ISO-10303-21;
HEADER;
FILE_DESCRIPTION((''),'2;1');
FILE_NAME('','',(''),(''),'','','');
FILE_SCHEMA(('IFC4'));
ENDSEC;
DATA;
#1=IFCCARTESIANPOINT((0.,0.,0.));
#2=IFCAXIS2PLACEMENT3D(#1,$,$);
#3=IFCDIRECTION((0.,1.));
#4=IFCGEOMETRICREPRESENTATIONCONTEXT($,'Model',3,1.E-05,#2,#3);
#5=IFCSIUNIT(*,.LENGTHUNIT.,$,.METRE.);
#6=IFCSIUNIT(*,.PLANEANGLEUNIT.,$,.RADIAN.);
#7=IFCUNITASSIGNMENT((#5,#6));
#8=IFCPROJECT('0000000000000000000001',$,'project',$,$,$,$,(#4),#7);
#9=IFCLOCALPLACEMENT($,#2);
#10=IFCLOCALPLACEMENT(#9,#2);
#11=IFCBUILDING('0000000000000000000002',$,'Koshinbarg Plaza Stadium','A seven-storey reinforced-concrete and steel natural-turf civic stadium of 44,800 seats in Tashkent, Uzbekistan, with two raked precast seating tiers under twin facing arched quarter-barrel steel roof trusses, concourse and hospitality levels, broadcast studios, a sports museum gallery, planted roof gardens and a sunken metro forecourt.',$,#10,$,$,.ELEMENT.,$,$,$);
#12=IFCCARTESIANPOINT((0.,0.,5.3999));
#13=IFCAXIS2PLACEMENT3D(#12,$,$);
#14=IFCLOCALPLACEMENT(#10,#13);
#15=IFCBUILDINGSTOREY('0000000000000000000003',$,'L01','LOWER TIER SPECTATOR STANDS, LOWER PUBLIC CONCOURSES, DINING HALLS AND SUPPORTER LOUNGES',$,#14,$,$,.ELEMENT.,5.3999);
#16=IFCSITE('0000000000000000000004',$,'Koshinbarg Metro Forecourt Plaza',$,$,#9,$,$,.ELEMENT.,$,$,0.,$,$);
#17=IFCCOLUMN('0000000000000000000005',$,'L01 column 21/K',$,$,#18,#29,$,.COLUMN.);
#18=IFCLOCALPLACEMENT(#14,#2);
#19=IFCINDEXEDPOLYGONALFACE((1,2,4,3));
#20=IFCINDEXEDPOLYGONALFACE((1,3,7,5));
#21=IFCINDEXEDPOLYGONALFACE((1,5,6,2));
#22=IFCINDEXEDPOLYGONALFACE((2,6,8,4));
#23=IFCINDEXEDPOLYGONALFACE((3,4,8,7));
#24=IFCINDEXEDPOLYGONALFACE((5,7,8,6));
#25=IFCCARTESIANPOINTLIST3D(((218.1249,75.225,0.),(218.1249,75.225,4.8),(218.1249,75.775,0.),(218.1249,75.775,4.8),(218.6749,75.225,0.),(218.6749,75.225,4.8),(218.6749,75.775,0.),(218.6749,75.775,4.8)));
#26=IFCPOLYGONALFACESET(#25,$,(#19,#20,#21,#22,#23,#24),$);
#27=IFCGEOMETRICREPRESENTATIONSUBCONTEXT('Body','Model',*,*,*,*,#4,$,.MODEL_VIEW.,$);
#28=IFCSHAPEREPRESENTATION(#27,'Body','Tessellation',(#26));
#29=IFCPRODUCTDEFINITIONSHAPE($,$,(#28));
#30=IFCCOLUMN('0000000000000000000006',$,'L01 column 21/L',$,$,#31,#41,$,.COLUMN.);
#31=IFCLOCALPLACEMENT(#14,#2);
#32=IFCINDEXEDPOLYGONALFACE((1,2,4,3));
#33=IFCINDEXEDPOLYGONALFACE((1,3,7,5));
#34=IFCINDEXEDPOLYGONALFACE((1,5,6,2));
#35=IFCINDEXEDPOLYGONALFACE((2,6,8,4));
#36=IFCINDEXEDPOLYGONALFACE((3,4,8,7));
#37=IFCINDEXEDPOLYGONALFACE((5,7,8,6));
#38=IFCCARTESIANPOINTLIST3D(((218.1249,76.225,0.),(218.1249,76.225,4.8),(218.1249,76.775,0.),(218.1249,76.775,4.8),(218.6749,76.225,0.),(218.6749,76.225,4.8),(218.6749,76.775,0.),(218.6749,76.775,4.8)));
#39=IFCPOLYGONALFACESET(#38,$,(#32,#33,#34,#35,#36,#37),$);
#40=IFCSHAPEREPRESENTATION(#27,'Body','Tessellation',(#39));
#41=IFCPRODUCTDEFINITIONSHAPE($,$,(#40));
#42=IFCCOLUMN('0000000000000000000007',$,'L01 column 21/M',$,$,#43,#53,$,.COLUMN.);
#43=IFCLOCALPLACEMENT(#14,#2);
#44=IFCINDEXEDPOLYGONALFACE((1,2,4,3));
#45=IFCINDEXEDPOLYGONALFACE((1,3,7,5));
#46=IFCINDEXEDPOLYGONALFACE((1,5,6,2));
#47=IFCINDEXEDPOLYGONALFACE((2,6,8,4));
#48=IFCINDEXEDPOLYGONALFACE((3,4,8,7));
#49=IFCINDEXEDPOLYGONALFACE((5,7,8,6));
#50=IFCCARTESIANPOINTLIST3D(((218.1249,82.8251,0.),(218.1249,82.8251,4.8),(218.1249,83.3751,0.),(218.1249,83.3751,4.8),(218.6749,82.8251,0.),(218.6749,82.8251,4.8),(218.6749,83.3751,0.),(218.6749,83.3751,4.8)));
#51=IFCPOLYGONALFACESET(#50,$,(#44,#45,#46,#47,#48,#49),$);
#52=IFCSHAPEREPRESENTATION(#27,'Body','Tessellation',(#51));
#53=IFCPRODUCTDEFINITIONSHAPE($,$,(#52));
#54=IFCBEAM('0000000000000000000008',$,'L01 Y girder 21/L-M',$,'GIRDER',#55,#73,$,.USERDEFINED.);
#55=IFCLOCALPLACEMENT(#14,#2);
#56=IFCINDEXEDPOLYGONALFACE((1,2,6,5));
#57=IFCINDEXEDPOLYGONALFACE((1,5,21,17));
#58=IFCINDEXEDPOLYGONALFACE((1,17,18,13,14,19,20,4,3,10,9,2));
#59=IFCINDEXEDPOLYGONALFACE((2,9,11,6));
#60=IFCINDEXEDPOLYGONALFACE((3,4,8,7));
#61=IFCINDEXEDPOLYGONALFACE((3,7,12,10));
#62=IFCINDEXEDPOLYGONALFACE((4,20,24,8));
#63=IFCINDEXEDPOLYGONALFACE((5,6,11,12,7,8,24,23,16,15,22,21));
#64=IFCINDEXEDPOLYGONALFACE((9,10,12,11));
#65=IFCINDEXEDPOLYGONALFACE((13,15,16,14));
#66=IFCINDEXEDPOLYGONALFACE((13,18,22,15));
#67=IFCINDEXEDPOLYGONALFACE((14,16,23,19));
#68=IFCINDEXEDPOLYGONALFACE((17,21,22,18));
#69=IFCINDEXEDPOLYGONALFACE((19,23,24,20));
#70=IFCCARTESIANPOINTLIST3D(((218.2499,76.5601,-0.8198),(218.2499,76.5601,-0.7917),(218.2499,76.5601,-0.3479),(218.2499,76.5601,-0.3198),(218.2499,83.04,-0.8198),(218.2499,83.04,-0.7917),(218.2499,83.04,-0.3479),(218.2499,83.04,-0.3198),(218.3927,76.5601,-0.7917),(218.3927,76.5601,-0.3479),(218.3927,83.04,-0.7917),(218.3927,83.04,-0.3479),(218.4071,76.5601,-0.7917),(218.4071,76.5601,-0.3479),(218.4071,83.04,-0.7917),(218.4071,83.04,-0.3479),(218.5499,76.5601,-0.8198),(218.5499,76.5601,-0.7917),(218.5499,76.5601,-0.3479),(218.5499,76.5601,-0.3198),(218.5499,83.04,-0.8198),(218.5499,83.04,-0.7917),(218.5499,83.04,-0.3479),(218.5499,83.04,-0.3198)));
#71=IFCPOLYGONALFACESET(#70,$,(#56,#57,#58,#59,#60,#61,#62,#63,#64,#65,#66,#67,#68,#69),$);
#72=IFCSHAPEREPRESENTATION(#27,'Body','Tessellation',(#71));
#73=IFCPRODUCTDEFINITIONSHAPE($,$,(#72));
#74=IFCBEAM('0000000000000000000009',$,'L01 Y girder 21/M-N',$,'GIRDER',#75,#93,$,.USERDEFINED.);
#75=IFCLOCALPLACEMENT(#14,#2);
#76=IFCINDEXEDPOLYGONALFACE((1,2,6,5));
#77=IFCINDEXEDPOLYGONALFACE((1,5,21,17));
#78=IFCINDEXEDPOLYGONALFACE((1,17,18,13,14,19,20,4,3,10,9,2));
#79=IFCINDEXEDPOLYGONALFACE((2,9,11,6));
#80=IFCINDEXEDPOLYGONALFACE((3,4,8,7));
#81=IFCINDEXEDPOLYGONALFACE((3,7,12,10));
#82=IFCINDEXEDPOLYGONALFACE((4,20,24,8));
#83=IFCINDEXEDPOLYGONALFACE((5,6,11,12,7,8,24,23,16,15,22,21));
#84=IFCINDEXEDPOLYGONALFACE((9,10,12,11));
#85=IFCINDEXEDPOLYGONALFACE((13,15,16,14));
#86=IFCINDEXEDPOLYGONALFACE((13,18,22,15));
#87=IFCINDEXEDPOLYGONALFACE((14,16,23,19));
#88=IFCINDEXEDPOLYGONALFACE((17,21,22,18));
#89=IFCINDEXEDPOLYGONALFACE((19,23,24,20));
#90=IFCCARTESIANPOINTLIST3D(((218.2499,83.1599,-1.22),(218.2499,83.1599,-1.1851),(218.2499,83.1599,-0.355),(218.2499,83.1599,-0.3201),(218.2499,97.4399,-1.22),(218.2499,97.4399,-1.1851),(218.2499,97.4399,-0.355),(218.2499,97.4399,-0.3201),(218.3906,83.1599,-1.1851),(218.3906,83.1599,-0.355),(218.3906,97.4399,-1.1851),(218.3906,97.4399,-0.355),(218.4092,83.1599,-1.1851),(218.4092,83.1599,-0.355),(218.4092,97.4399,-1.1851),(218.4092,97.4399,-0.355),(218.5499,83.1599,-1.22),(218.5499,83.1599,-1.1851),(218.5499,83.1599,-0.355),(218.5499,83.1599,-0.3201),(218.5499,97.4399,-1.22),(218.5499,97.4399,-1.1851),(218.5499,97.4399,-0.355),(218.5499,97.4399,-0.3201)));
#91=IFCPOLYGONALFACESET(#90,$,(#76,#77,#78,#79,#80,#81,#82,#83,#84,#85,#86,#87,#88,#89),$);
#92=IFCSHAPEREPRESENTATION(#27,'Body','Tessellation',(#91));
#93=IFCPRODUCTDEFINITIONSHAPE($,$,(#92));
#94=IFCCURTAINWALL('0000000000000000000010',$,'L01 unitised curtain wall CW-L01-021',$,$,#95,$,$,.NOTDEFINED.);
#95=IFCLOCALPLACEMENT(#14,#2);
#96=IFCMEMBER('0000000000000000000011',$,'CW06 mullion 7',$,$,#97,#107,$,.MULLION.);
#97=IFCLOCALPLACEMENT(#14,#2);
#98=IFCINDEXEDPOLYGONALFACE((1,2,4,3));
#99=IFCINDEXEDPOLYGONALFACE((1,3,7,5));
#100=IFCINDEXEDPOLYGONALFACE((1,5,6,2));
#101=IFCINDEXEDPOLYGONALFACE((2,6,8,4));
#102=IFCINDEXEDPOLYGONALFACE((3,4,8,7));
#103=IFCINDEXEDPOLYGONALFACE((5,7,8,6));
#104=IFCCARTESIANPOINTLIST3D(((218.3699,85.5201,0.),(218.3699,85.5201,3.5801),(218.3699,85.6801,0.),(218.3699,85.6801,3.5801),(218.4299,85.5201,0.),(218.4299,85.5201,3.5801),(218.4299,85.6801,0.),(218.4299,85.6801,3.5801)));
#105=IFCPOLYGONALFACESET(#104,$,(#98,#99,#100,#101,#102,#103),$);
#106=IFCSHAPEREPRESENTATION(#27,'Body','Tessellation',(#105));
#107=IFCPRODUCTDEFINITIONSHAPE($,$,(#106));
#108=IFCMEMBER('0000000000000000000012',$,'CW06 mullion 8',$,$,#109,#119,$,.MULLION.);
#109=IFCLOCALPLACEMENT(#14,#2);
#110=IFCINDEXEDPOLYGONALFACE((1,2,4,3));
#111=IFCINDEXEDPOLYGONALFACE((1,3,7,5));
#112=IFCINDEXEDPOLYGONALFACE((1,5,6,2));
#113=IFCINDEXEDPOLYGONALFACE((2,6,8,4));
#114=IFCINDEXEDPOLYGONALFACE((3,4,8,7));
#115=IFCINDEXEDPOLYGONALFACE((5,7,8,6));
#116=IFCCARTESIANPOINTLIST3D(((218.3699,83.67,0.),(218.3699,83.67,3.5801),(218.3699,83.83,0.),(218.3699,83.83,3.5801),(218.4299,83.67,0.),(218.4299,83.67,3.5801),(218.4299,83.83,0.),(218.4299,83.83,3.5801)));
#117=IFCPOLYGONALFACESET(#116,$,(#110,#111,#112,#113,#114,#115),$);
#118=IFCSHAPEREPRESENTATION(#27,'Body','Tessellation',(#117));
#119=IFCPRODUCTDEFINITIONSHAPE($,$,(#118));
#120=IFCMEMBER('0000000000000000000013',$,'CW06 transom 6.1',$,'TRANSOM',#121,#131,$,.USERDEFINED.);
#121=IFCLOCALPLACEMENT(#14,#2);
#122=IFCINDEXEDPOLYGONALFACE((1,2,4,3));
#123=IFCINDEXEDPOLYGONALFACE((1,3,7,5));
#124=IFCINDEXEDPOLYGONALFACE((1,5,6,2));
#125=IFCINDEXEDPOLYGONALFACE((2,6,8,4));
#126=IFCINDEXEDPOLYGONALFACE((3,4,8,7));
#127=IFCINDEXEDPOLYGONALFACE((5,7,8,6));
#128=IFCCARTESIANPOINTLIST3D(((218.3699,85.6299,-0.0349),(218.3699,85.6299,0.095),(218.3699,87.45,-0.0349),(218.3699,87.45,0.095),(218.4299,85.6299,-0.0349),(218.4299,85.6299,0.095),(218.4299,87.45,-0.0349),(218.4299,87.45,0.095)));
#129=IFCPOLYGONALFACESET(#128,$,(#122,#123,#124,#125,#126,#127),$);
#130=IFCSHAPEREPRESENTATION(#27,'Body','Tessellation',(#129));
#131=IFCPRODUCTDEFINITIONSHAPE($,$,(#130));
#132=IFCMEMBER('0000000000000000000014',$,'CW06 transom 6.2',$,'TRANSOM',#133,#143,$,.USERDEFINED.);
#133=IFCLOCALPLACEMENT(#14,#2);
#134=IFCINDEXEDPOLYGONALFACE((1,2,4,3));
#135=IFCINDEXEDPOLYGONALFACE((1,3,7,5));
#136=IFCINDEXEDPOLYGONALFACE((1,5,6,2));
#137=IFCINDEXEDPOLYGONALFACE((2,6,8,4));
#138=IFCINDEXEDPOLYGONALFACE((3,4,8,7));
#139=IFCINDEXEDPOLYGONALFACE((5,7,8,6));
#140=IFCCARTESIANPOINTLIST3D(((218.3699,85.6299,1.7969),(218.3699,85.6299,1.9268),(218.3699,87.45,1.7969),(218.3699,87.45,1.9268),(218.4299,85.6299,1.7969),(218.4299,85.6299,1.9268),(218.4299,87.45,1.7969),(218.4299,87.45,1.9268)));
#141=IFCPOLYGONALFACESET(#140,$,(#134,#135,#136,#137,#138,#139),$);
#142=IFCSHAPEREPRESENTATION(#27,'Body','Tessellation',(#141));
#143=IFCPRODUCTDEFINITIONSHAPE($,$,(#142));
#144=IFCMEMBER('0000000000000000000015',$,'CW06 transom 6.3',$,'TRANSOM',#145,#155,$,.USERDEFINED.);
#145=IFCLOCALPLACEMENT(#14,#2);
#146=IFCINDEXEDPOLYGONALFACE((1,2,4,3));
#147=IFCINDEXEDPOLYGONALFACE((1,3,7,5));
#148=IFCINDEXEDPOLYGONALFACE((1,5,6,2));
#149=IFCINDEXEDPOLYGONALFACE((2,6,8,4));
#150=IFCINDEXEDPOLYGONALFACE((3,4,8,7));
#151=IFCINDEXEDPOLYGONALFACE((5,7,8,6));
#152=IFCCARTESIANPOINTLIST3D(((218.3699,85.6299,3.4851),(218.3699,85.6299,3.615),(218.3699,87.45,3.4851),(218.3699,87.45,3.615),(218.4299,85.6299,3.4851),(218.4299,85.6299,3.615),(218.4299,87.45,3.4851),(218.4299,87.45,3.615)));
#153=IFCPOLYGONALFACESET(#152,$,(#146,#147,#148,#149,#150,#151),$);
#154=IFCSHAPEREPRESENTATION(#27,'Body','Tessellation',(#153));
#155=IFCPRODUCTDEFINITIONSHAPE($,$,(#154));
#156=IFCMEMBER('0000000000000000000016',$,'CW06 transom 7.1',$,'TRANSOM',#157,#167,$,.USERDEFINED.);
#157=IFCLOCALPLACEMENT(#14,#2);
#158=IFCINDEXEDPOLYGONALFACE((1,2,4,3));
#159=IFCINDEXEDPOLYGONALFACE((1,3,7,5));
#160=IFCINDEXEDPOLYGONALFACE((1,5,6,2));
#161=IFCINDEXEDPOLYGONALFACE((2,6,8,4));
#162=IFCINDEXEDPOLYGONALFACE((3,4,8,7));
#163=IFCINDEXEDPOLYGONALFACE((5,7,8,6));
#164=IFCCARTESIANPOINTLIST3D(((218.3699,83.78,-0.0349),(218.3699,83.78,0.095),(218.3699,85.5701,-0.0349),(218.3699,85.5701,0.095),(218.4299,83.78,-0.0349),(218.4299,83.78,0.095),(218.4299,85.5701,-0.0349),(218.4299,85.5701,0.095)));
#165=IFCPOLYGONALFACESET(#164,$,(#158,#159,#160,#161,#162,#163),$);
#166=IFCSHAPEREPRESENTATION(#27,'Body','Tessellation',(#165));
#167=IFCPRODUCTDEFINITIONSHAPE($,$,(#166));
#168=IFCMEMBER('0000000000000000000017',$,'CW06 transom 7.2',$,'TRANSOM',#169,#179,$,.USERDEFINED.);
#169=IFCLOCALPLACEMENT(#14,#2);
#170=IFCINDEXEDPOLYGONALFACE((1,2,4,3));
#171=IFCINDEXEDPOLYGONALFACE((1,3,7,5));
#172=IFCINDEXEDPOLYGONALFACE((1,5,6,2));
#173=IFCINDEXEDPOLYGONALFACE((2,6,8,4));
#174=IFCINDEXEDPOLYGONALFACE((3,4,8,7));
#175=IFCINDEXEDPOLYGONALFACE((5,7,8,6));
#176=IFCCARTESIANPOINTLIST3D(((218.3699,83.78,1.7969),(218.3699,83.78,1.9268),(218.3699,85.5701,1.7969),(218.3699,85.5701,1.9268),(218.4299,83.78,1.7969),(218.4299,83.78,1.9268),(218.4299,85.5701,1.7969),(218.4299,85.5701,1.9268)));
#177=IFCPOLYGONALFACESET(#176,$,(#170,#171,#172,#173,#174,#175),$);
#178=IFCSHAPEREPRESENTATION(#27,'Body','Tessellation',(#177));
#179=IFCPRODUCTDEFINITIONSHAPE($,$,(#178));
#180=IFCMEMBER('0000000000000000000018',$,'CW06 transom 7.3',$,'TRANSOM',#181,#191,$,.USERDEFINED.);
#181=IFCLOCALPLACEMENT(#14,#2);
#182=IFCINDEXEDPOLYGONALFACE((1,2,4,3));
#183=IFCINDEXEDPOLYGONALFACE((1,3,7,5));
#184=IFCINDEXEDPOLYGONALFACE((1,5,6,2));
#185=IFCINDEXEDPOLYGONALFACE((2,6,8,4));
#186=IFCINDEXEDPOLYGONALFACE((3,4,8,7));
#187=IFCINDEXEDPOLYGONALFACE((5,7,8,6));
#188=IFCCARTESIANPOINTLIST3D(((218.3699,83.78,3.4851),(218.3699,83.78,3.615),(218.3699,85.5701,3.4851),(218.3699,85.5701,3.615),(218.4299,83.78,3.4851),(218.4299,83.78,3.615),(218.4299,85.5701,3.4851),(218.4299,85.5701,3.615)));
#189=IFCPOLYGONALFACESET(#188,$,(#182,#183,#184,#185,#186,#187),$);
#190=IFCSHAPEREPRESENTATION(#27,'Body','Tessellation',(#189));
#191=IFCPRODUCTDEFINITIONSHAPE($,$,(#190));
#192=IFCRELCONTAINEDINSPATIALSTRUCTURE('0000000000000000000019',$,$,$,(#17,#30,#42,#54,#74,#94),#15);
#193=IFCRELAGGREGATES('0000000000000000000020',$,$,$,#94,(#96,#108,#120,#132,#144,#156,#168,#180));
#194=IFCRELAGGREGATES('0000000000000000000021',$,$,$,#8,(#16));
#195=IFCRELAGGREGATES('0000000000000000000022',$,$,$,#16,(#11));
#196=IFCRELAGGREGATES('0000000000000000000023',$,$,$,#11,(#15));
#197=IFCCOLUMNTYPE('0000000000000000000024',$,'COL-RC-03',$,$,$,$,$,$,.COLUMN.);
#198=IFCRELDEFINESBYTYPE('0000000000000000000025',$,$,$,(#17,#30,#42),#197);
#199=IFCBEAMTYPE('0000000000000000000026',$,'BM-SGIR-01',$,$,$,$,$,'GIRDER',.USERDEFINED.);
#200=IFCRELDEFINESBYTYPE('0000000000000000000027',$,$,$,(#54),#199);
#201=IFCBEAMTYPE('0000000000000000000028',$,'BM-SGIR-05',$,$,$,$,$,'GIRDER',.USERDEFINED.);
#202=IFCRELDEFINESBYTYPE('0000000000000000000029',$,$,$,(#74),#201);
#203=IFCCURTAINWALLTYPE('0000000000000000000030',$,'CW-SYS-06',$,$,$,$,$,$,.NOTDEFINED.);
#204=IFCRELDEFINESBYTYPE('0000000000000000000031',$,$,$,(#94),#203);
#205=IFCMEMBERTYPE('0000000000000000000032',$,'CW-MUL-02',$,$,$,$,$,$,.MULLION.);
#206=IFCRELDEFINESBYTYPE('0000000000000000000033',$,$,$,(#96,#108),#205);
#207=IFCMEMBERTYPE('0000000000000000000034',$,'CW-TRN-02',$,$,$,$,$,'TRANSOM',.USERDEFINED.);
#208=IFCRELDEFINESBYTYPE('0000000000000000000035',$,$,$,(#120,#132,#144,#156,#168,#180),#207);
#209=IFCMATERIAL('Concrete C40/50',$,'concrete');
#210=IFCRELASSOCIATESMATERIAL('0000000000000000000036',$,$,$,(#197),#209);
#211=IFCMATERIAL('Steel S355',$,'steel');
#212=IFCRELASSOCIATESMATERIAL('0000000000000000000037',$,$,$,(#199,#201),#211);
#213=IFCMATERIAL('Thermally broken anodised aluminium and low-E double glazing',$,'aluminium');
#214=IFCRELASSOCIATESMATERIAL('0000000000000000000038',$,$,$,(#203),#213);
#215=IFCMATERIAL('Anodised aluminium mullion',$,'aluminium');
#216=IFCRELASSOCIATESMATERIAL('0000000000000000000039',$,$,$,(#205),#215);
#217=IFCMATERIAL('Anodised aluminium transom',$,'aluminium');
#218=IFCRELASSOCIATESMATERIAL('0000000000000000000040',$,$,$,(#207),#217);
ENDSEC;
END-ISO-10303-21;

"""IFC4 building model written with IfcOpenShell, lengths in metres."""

from ifc_helpers import new_model, si_unit, direction, frame, origin, origin_2d, place, context, subcontext, project, spatial, rectangle, i_section, extrude, material, material_profile, profile_set, type_object, element, aggregate, save


model = new_model("IFC4")

# Units and contexts
model_context = context("Model", 3, precision=1e-05, world=origin(), true_north=direction((0.0, 1.0)))
body_context = subcontext(model_context, "Body", "Model", "MODEL_VIEW")
ifc_project = project(units=[si_unit("LENGTHUNIT", "METRE"), si_unit("PLANEANGLEUNIT", "RADIAN")], contexts=[model_context])

# Site, building, storey
site_placement = place(None, origin())
site = spatial("IfcSite", under=ifc_project, at=site_placement, Name="Koshinbarg Metro Forecourt Plaza", CompositionType="ELEMENT", RefElevation=0.0)
building_placement = place(site_placement, origin())
building = spatial("IfcBuilding", under=site, at=building_placement, Name="Koshinbarg Plaza Stadium", Description="A seven-storey reinforced-concrete and steel natural-turf civic stadium of 44,800 seats in Tashkent, Uzbekistan, with two raked precast seating tiers under twin facing arched quarter-barrel steel roof trusses, concourse and hospitality levels, broadcast studios, a sports museum gallery, planted roof gardens and a sunken metro forecourt.", CompositionType="ELEMENT")
storey_placement = place(building_placement, frame((0.0, 0.0, 5.3999)))
storey = spatial("IfcBuildingStorey", under=building, at=storey_placement, Name="L01", Description="LOWER TIER SPECTATOR STANDS, LOWER PUBLIC CONCOURSES, DINING HALLS AND SUPPORTER LOUNGES", CompositionType="ELEMENT", Elevation=5.3999)

# Columns
ifc_material_1 = material(Name="Concrete C40/50", Category="concrete")
ifc_material_profile_1 = material_profile(ifc_material_1, rectangle(XDim=0.55, YDim=0.55, at=origin_2d()), Name="RC 550x550")
ifc_profile_set_1 = profile_set([ifc_material_profile_1], Name="Concrete C40/50")
column_type = type_object("IfcColumnType", Name="COL-RC-03", PredefinedType="COLUMN", material=ifc_profile_set_1)
for number, where, z_axis, x_axis, name in (
    (1, (218.3999, 75.5, 0.0), (0.0, 0.0, 1.0), (1.0, 0.0, 0.0), "L01 column 21/K"),
    (2, (218.3999, 76.5, 0.0), (0.0, 0.0, 1.0), (1.0, 0.0, 0.0), "L01 column 21/L"),
    (3, (218.3999, 83.1001, 0.0), (0.0, 0.0, 1.0), (1.0, 0.0, 0.0), "L01 column 21/M"),
):
    element("IfcColumn", number, at=place(storey_placement, frame(where, z_axis=z_axis, x_axis=x_axis)), inside=storey, type_object=column_type, Name=name, PredefinedType="COLUMN", context=body_context, shape_type="SweptSolid", body=[
        extrude(rectangle(XDim=0.55, YDim=0.55, at=origin_2d()), origin(), (0.0, 0.0, 1.0), 4.8),
    ])

# Beams
ifc_material_2 = material(Name="Steel S355", Category="steel")
ifc_material_profile_2 = material_profile(ifc_material_2, i_section(OverallWidth=0.3, OverallDepth=0.5, WebThickness=0.0144, FlangeThickness=0.0281, at=origin_2d()), Name="HEB 500")
ifc_profile_set_2 = profile_set([ifc_material_profile_2], Name="Steel S355")
beam_type_1 = type_object("IfcBeamType", Name="BM-SGIR-01", ElementType="GIRDER", PredefinedType="USERDEFINED", material=ifc_profile_set_2)
beam_1_placement = place(storey_placement, frame((218.3999, 76.5601, -0.5698), z_axis=(0.0, 1.0, 0.0), x_axis=(-1.0, 0.0, 0.0)))
element("IfcBeam", 4, at=beam_1_placement, inside=storey, type_object=beam_type_1, Name="L01 Y girder 21/L-M", ObjectType="GIRDER", PredefinedType="USERDEFINED", context=body_context, shape_type="SweptSolid", body=[
    extrude(i_section(OverallWidth=0.3, OverallDepth=0.5, WebThickness=0.0144, FlangeThickness=0.0281, at=origin_2d()), origin(), (0.0, 0.0, 1.0), 6.48),
])
ifc_material_profile_3 = material_profile(ifc_material_2, i_section(OverallWidth=0.3, OverallDepth=0.8999, WebThickness=0.0186, FlangeThickness=0.0349, at=origin_2d()), Name="HEB 900")
ifc_profile_set_3 = profile_set([ifc_material_profile_3], Name="Steel S355")
beam_type_2 = type_object("IfcBeamType", Name="BM-SGIR-05", ElementType="GIRDER", PredefinedType="USERDEFINED", material=ifc_profile_set_3)
beam_2_placement = place(storey_placement, frame((218.3999, 83.1599, -0.77), z_axis=(0.0, 1.0, 0.0), x_axis=(-1.0, 0.0, 0.0)))
element("IfcBeam", 5, at=beam_2_placement, inside=storey, type_object=beam_type_2, Name="L01 Y girder 21/M-N", ObjectType="GIRDER", PredefinedType="USERDEFINED", context=body_context, shape_type="SweptSolid", body=[
    extrude(i_section(OverallWidth=0.3, OverallDepth=0.8999, WebThickness=0.0186, FlangeThickness=0.0349, at=origin_2d()), origin(), (0.0, 0.0, 1.0), 14.28),
])

# Curtain wall, members
ifc_material_3 = material(Name="Thermally broken anodised aluminium and low-E double glazing", Category="aluminium")
curtain_wall_type = type_object("IfcCurtainWallType", Name="CW-SYS-06", PredefinedType="NOTDEFINED", material=ifc_material_3)
curtain_wall_placement = place(storey_placement, origin())
curtain_wall = element("IfcCurtainWall", 6, at=curtain_wall_placement, inside=storey, type_object=curtain_wall_type, Name="L01 unitised curtain wall CW-L01-021", PredefinedType="NOTDEFINED")
ifc_material_4 = material(Name="Anodised aluminium mullion", Category="aluminium")
ifc_material_profile_4 = material_profile(ifc_material_4, rectangle(XDim=0.0601, YDim=0.1599, at=origin_2d()), Name="ALU 60x160")
ifc_profile_set_4 = profile_set([ifc_material_profile_4], Name="Anodised aluminium mullion")
member_type_1 = type_object("IfcMemberType", Name="CW-MUL-02", PredefinedType="MULLION", material=ifc_profile_set_4)
member_1_placement = place(storey_placement, frame((218.3999, 85.6001, 0.0), z_axis=(0.0, 0.0, 1.0), x_axis=(1.0, 0.0, 0.0)))
member_1 = element("IfcMember", 7, at=member_1_placement, type_object=member_type_1, Name="CW06 mullion 7", PredefinedType="MULLION", context=body_context, shape_type="SweptSolid", body=[
    extrude(rectangle(XDim=0.0601, YDim=0.1599, at=origin_2d()), origin(), (0.0, 0.0, 1.0), 3.5801),
])
member_2_placement = place(storey_placement, frame((218.3999, 83.75, 0.0), z_axis=(0.0, 0.0, 1.0), x_axis=(1.0, 0.0, 0.0)))
member_2 = element("IfcMember", 8, at=member_2_placement, type_object=member_type_1, Name="CW06 mullion 8", PredefinedType="MULLION", context=body_context, shape_type="SweptSolid", body=[
    extrude(rectangle(XDim=0.0601, YDim=0.1599, at=origin_2d()), origin(), (0.0, 0.0, 1.0), 3.5801),
])
ifc_material_5 = material(Name="Anodised aluminium transom", Category="aluminium")
ifc_material_profile_5 = material_profile(ifc_material_5, rectangle(XDim=0.0601, YDim=0.1299, at=origin_2d()), Name="ALU 60x130")
ifc_profile_set_5 = profile_set([ifc_material_profile_5], Name="Anodised aluminium transom")
member_type_2 = type_object("IfcMemberType", Name="CW-TRN-02", ElementType="TRANSOM", PredefinedType="USERDEFINED", material=ifc_profile_set_5)
member_3_placement = place(storey_placement, frame((218.3999, 87.45, 0.03), z_axis=(0.0, -1.0, 0.0), x_axis=(1.0, 0.0, 0.0)))
member_3 = element("IfcMember", 9, at=member_3_placement, type_object=member_type_2, Name="CW06 transom 6.1", ObjectType="TRANSOM", PredefinedType="USERDEFINED", context=body_context, shape_type="SweptSolid", body=[
    extrude(rectangle(XDim=0.0601, YDim=0.1299, at=origin_2d()), origin(), (0.0, 0.0, 1.0), 1.8201),
])
member_4_placement = place(storey_placement, frame((218.3999, 87.45, 1.8618), z_axis=(0.0, -1.0, 0.0), x_axis=(1.0, 0.0, 0.0)))
member_4 = element("IfcMember", 10, at=member_4_placement, type_object=member_type_2, Name="CW06 transom 6.2", ObjectType="TRANSOM", PredefinedType="USERDEFINED", context=body_context, shape_type="SweptSolid", body=[
    extrude(rectangle(XDim=0.0601, YDim=0.1299, at=origin_2d()), origin(), (0.0, 0.0, 1.0), 1.8201),
])
member_5_placement = place(storey_placement, frame((218.3999, 87.45, 3.55), z_axis=(0.0, -1.0, 0.0), x_axis=(1.0, 0.0, 0.0)))
member_5 = element("IfcMember", 11, at=member_5_placement, type_object=member_type_2, Name="CW06 transom 6.3", ObjectType="TRANSOM", PredefinedType="USERDEFINED", context=body_context, shape_type="SweptSolid", body=[
    extrude(rectangle(XDim=0.0601, YDim=0.1299, at=origin_2d()), origin(), (0.0, 0.0, 1.0), 1.8201),
])
member_6_placement = place(storey_placement, frame((218.3999, 85.5701, 0.03), z_axis=(0.0, -1.0, 0.0), x_axis=(1.0, 0.0, 0.0)))
member_6 = element("IfcMember", 12, at=member_6_placement, type_object=member_type_2, Name="CW06 transom 7.1", ObjectType="TRANSOM", PredefinedType="USERDEFINED", context=body_context, shape_type="SweptSolid", body=[
    extrude(rectangle(XDim=0.0601, YDim=0.1299, at=origin_2d()), origin(), (0.0, 0.0, 1.0), 1.79),
])
member_7_placement = place(storey_placement, frame((218.3999, 85.5701, 1.8618), z_axis=(0.0, -1.0, 0.0), x_axis=(1.0, 0.0, 0.0)))
member_7 = element("IfcMember", 13, at=member_7_placement, type_object=member_type_2, Name="CW06 transom 7.2", ObjectType="TRANSOM", PredefinedType="USERDEFINED", context=body_context, shape_type="SweptSolid", body=[
    extrude(rectangle(XDim=0.0601, YDim=0.1299, at=origin_2d()), origin(), (0.0, 0.0, 1.0), 1.79),
])
member_8_placement = place(storey_placement, frame((218.3999, 85.5701, 3.55), z_axis=(0.0, -1.0, 0.0), x_axis=(1.0, 0.0, 0.0)))
member_8 = element("IfcMember", 14, at=member_8_placement, type_object=member_type_2, Name="CW06 transom 7.3", ObjectType="TRANSOM", PredefinedType="USERDEFINED", context=body_context, shape_type="SweptSolid", body=[
    extrude(rectangle(XDim=0.0601, YDim=0.1299, at=origin_2d()), origin(), (0.0, 0.0, 1.0), 1.79),
])
aggregate(curtain_wall, [member_1, member_2, member_3, member_4, member_5, member_6, member_7, member_8])

save(model, "model.ifc")
